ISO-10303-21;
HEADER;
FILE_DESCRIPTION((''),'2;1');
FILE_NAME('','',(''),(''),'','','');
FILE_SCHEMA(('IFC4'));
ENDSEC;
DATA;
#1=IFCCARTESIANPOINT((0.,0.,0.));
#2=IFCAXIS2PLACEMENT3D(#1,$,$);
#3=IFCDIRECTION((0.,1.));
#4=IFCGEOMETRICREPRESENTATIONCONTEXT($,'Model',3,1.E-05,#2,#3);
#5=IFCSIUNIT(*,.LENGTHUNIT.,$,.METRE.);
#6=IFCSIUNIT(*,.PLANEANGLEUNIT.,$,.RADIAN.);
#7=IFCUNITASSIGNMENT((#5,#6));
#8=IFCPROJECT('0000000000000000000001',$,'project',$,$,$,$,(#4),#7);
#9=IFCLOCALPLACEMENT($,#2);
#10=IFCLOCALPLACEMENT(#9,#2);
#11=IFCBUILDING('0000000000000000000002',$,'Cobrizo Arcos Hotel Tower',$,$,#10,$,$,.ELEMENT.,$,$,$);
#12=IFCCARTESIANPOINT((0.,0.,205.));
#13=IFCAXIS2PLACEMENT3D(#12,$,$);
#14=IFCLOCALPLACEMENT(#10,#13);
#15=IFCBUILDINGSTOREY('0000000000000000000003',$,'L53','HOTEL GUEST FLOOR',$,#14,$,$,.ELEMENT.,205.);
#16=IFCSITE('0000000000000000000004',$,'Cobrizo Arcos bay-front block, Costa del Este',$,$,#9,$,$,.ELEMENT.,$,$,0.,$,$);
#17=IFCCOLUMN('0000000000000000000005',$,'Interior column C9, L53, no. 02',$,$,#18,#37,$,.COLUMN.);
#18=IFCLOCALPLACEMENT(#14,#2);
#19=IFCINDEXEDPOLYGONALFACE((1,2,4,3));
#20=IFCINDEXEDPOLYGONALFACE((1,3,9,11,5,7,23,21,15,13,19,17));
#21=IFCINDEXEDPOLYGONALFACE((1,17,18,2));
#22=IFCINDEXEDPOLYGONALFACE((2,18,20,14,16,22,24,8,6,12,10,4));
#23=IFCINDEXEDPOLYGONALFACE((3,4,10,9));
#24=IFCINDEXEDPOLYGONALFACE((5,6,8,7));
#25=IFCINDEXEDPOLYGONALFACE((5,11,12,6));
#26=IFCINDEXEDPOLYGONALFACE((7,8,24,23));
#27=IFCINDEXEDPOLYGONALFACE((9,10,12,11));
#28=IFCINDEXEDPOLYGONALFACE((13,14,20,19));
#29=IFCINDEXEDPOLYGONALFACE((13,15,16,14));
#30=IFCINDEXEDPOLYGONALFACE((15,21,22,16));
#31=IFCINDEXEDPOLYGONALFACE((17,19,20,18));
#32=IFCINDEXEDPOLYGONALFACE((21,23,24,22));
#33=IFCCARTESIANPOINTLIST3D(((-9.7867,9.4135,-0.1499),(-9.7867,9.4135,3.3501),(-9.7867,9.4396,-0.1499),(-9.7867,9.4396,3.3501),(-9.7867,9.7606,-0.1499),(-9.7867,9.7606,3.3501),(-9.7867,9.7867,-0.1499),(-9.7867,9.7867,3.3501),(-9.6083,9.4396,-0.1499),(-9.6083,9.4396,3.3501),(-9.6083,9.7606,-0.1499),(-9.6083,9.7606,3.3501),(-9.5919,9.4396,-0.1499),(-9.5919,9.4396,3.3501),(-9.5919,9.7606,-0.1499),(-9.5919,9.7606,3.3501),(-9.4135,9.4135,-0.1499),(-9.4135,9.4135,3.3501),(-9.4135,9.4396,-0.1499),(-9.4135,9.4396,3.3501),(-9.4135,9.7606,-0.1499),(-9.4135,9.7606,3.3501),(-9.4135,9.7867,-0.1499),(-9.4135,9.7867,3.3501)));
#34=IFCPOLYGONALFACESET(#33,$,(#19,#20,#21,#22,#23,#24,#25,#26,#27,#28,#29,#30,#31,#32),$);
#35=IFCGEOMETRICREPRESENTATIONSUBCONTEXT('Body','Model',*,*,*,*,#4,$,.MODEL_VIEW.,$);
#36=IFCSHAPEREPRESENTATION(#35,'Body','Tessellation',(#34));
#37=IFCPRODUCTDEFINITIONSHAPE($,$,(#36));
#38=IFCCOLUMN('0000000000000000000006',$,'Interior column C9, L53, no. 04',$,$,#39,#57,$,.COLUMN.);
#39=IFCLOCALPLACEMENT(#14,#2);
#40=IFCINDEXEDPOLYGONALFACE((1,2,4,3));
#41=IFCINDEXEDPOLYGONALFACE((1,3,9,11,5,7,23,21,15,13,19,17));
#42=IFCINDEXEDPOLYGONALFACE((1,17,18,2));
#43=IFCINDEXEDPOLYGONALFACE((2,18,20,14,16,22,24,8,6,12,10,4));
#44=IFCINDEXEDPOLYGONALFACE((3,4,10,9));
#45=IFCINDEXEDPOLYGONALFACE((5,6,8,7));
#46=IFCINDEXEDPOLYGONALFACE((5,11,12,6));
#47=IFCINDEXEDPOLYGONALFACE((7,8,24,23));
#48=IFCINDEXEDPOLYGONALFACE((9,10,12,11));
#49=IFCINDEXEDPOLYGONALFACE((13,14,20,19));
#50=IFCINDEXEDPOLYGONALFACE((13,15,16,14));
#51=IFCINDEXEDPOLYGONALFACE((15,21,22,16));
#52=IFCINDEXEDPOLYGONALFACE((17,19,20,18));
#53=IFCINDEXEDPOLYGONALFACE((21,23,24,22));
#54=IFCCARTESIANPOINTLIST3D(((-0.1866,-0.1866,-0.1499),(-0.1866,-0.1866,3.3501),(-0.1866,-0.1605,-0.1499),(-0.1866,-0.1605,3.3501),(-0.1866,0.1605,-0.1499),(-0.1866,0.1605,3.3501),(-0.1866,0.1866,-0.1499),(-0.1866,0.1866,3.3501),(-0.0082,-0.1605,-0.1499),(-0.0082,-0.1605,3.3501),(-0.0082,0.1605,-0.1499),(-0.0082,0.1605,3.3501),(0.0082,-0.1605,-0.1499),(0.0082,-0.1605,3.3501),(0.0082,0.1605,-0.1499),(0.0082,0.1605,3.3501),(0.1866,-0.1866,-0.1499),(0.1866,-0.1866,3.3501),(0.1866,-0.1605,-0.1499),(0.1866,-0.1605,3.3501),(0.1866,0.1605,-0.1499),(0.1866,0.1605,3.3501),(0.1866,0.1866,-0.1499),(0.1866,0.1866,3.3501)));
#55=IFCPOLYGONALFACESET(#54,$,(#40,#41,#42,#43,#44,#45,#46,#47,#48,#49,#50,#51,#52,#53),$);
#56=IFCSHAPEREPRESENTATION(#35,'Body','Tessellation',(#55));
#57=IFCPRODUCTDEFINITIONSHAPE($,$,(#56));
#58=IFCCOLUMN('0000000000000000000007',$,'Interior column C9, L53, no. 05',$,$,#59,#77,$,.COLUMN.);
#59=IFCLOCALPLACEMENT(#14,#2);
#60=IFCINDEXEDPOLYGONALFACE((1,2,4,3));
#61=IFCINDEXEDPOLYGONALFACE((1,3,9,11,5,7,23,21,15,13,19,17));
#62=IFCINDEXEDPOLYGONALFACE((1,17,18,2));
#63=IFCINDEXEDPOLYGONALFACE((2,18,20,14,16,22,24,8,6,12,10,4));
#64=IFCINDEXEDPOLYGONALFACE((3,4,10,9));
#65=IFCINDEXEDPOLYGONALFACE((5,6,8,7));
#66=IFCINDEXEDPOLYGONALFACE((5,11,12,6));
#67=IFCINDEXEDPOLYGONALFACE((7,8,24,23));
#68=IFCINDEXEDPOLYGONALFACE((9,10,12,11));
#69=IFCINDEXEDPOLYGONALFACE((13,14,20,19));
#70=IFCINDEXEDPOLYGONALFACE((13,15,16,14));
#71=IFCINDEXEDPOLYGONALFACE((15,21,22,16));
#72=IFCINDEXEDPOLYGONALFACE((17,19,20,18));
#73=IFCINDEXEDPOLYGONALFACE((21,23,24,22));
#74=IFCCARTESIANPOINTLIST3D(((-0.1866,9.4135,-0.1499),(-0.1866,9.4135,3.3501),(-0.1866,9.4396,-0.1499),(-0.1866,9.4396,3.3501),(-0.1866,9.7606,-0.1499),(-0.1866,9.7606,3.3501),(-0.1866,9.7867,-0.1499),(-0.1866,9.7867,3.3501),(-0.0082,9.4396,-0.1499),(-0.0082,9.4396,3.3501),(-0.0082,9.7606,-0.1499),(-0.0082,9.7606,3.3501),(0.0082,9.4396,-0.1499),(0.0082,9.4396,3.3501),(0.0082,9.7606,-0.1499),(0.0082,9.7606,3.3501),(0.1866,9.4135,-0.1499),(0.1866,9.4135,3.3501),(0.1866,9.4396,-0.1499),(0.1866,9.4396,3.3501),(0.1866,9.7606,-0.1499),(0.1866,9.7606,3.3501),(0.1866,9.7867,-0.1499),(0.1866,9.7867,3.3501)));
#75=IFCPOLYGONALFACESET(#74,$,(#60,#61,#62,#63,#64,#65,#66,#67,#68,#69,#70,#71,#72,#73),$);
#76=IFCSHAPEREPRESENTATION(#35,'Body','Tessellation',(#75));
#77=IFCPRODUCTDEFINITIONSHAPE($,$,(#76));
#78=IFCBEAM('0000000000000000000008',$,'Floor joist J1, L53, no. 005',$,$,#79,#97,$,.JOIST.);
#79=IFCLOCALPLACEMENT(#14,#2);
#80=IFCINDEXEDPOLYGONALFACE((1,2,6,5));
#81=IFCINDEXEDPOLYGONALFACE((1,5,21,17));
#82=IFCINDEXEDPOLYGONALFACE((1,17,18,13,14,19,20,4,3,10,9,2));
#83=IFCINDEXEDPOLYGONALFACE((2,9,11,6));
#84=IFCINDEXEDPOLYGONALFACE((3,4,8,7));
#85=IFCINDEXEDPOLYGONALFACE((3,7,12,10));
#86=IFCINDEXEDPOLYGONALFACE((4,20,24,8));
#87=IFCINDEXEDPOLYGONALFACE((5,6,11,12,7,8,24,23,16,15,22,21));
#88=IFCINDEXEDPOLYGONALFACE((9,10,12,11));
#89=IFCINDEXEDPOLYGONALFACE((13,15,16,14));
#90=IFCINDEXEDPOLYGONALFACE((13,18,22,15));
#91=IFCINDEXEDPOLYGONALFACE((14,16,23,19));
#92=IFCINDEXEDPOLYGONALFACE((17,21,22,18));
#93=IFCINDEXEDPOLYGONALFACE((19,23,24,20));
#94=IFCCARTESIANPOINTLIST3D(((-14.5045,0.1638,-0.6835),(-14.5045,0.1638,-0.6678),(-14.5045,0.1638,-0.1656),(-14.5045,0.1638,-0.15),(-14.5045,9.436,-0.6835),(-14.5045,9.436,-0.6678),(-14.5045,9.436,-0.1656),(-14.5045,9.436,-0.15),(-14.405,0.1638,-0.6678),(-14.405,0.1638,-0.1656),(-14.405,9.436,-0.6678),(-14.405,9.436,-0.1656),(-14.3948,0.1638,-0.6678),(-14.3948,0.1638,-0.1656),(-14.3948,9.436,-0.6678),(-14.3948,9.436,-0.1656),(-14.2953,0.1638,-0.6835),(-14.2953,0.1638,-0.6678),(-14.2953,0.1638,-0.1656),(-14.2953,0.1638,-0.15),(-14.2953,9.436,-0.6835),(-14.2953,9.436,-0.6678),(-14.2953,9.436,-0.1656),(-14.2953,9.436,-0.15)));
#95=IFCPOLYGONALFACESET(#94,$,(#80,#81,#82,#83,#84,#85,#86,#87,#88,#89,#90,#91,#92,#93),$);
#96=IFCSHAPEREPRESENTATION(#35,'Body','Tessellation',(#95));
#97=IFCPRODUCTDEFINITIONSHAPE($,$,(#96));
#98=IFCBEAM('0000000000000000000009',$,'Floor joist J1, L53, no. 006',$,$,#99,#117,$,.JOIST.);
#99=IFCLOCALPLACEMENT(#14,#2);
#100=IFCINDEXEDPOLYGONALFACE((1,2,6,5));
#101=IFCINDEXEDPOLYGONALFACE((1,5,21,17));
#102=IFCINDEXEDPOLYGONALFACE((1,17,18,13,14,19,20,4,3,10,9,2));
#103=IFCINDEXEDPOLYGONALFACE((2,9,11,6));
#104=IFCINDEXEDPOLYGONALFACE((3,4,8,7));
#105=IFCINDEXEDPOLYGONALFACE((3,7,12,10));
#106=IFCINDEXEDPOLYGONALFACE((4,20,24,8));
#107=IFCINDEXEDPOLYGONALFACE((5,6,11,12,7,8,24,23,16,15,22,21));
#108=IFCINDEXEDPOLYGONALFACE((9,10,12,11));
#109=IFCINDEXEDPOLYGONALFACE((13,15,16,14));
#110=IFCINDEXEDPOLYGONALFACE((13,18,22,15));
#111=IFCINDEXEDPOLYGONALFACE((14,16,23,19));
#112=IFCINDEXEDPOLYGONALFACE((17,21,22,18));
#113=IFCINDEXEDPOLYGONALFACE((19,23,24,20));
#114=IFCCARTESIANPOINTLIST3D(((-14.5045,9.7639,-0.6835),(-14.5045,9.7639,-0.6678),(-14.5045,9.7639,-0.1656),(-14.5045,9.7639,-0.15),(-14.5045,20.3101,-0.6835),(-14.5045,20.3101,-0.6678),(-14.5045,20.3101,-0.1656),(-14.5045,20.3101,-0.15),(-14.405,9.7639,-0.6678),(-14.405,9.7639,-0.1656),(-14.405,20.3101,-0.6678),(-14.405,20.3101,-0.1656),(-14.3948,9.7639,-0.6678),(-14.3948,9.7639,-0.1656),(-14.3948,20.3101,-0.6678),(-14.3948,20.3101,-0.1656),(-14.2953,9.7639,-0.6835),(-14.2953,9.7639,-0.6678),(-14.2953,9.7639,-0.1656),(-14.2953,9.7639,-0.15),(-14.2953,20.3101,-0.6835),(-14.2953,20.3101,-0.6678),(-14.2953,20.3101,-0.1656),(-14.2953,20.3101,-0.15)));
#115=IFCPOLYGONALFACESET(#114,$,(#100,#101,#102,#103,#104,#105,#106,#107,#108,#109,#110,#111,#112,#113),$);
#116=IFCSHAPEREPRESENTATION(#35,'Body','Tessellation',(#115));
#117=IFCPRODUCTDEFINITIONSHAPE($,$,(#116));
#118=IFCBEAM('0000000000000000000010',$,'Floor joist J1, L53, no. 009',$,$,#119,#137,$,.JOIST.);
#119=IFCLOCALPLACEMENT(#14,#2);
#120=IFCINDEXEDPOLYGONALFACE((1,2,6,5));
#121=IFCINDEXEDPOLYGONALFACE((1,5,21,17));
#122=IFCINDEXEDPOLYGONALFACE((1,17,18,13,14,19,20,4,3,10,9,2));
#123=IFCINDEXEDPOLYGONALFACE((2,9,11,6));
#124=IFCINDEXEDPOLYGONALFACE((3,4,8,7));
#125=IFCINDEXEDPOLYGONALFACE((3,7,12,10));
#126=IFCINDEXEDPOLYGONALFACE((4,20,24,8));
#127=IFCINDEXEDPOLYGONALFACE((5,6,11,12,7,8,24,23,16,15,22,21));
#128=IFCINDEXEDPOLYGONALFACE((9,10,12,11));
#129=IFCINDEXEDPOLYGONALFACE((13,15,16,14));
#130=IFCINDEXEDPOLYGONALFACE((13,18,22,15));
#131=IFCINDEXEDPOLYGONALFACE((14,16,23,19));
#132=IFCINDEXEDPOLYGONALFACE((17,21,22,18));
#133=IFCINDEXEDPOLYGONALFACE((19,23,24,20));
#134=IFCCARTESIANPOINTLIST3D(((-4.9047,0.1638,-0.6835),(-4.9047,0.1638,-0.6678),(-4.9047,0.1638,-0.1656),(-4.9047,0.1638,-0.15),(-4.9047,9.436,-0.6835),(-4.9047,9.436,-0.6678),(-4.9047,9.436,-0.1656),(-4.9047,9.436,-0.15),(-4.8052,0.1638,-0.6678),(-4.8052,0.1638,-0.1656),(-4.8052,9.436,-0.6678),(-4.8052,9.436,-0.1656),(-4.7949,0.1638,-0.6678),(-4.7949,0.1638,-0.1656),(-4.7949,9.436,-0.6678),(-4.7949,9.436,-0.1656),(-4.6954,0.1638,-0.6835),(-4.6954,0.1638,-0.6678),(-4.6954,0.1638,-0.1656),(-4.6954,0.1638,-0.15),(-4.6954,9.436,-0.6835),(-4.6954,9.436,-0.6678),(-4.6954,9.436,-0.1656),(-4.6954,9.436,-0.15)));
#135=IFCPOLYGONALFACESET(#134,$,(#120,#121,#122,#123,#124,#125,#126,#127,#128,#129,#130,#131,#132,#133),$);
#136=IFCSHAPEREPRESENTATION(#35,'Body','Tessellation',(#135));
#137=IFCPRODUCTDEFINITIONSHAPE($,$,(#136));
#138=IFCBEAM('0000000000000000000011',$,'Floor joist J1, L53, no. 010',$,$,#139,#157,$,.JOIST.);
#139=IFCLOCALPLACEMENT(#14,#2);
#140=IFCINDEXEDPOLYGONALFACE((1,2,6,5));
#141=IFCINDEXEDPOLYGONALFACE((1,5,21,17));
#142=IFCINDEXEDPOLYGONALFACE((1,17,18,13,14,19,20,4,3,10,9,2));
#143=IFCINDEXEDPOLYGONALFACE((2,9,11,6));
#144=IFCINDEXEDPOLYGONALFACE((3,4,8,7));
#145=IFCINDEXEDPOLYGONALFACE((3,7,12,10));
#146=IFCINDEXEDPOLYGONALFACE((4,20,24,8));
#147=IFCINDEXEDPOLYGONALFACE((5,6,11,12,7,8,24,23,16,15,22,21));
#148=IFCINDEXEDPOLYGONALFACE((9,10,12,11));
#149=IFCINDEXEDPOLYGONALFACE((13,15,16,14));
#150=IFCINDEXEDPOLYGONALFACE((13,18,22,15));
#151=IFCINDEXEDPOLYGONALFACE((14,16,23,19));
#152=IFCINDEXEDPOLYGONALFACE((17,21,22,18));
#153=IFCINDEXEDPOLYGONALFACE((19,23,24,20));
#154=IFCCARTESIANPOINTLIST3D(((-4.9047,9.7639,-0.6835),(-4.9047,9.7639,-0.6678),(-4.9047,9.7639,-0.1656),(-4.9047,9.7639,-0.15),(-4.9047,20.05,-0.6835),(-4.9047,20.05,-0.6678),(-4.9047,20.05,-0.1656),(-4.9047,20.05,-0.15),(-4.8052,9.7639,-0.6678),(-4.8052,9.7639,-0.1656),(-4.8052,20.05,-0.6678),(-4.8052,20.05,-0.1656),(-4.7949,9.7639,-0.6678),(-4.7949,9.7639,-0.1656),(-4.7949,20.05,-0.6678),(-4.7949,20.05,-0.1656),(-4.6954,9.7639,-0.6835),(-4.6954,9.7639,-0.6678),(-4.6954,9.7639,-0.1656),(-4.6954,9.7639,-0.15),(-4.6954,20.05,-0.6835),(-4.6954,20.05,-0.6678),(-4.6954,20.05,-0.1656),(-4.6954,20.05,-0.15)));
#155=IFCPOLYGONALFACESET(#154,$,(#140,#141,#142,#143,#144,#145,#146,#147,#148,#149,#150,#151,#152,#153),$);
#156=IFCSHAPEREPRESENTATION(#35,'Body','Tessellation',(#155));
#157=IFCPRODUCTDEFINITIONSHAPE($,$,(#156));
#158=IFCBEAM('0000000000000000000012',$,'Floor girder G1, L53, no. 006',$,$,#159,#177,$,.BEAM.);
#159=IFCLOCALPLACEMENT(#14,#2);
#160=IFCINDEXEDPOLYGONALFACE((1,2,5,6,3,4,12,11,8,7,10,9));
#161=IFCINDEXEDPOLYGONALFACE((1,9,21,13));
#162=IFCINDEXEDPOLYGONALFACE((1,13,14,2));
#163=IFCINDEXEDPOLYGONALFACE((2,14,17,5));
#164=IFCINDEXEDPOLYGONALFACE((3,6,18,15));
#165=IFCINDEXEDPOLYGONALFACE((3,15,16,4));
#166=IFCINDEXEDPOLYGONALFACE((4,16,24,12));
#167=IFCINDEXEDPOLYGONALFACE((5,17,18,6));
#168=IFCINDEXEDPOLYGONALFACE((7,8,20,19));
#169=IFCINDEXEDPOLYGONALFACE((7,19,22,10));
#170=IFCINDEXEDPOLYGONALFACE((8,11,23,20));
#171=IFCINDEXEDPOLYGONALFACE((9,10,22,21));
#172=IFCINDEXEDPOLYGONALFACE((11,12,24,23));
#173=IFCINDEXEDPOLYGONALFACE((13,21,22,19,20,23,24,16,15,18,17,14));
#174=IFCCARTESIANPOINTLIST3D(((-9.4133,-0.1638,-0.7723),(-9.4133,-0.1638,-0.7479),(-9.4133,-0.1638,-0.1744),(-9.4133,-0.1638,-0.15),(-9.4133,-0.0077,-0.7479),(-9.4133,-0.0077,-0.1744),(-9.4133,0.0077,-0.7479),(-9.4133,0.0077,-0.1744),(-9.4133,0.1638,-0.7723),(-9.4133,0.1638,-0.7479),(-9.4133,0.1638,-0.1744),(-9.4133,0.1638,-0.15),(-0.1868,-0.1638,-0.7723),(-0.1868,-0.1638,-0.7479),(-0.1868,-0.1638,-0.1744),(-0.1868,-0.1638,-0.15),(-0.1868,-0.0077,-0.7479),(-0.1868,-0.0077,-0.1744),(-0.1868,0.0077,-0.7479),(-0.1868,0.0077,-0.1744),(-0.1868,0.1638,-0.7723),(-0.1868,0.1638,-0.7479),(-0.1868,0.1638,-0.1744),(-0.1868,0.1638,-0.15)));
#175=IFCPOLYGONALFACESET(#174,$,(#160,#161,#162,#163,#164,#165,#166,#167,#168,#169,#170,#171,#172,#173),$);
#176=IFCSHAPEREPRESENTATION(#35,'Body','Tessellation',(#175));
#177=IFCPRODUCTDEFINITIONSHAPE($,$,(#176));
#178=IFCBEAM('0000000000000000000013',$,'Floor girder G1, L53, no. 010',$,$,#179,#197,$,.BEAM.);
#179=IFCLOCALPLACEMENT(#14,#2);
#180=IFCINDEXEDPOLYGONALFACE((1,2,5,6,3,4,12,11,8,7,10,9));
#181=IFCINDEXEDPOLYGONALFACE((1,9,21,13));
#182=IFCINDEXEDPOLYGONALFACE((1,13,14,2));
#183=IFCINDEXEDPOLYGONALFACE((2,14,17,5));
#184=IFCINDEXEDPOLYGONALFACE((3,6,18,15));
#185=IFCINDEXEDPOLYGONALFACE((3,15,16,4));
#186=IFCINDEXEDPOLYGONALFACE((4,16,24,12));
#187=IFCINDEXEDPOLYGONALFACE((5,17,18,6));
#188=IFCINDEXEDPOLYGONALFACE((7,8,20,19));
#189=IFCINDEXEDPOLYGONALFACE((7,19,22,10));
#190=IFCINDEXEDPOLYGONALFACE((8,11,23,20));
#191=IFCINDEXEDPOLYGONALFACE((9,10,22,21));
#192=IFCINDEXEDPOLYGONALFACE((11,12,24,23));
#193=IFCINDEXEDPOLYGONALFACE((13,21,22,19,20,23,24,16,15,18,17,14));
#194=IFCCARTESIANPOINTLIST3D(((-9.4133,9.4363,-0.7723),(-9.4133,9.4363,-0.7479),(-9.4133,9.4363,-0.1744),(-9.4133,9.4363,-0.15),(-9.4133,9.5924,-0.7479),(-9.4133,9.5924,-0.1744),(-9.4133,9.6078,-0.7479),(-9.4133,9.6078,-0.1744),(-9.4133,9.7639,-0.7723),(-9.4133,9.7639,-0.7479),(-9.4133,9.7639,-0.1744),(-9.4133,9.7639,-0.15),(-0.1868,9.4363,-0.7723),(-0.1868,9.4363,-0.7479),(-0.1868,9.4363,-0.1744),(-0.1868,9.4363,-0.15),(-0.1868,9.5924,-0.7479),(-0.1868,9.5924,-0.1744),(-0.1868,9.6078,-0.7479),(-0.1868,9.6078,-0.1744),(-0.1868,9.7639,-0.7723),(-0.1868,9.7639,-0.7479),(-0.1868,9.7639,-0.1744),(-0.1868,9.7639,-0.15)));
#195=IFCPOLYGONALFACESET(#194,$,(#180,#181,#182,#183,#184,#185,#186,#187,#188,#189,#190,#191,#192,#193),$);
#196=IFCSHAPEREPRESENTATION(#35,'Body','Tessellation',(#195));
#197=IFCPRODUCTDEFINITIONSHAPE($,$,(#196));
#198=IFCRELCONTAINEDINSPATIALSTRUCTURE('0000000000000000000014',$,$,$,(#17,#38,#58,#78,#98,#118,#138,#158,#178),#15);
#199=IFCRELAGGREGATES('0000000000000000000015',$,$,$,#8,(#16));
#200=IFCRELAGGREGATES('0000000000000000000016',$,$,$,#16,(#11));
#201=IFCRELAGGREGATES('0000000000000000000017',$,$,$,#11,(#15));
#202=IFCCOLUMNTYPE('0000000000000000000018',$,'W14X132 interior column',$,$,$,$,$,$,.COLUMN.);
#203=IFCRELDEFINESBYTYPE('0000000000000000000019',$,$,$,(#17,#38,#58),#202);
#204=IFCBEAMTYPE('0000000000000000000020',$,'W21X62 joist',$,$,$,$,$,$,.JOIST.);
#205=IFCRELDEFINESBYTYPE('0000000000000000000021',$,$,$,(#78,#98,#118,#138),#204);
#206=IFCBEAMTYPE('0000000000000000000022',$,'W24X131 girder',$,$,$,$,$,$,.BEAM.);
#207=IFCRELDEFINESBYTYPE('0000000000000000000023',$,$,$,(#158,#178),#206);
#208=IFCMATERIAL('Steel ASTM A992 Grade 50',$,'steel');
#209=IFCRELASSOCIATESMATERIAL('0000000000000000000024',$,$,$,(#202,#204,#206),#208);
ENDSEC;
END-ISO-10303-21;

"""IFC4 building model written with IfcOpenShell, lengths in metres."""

from ifc_helpers import new_model, si_unit, direction, frame, origin, origin_2d, place, context, subcontext, project, spatial, i_section, extrude, material, material_profile, profile_set, type_object, element, save


model = new_model("IFC4")

# Units and contexts
model_context = context("Model", 3, precision=1e-05, world=origin(), true_north=direction((0.0, 1.0)))
body_context = subcontext(model_context, "Body", "Model", "MODEL_VIEW")
ifc_project = project(units=[si_unit("LENGTHUNIT", "METRE"), si_unit("PLANEANGLEUNIT", "RADIAN")], contexts=[model_context])

# Site, building, storey
site_placement = place(None, origin())
site = spatial("IfcSite", under=ifc_project, at=site_placement, Name="Cobrizo Arcos bay-front block, Costa del Este", CompositionType="ELEMENT", RefElevation=0.0)
building_placement = place(site_placement, origin())
building = spatial("IfcBuilding", under=site, at=building_placement, Name="Cobrizo Arcos Hotel Tower", CompositionType="ELEMENT")
storey_placement = place(building_placement, frame((0.0, 0.0, 205.0)))
storey = spatial("IfcBuildingStorey", under=building, at=storey_placement, Name="L53", Description="HOTEL GUEST FLOOR", CompositionType="ELEMENT", Elevation=205.0)

# Columns
ifc_material_1 = material(Name="Steel ASTM A992 Grade 50", Category="steel")
ifc_material_profile_1 = material_profile(ifc_material_1, i_section(OverallWidth=0.3733, OverallDepth=0.3733, WebThickness=0.0164, FlangeThickness=0.0261, at=origin_2d()), Name="W14X132")
ifc_profile_set_1 = profile_set([ifc_material_profile_1], Name="Steel ASTM A992 Grade 50")
column_type = type_object("IfcColumnType", Name="W14X132 interior column", PredefinedType="COLUMN", material=ifc_profile_set_1)
for number, where, z_axis, x_axis, name in (
    (1, (-9.6001, 9.6001, -0.1499), (0.0, 0.0, 1.0), (1.0, 0.0, 0.0), "Interior column C9, L53, no. 02"),
    (2, (0.0, 0.0, -0.1499), (0.0, 0.0, 1.0), (1.0, 0.0, 0.0), "Interior column C9, L53, no. 04"),
    (3, (0.0, 9.6001, -0.1499), (0.0, 0.0, 1.0), (1.0, 0.0, 0.0), "Interior column C9, L53, no. 05"),
):
    element("IfcColumn", number, at=place(storey_placement, frame(where, z_axis=z_axis, x_axis=x_axis)), inside=storey, type_object=column_type, Name=name, PredefinedType="COLUMN", context=body_context, shape_type="SweptSolid", body=[
        extrude(i_section(OverallWidth=0.3733, OverallDepth=0.3733, WebThickness=0.0164, FlangeThickness=0.0261, at=origin_2d()), origin(), (0.0, 0.0, 1.0), 3.5),
    ])

# Beams
ifc_material_profile_2 = material_profile(ifc_material_1, i_section(OverallWidth=0.2092, OverallDepth=0.5334, WebThickness=0.0103, FlangeThickness=0.0156, at=origin_2d()), Name="W21X62")
ifc_profile_set_2 = profile_set([ifc_material_profile_2], Name="Steel ASTM A992 Grade 50")
beam_type_1 = type_object("IfcBeamType", Name="W21X62 joist", PredefinedType="JOIST", material=ifc_profile_set_2)
beam_1_placement = place(storey_placement, frame((-14.3999, 0.1638, -0.4167), z_axis=(0.0, 1.0, 0.0), x_axis=(-1.0, 0.0, 0.0)))
element("IfcBeam", 4, at=beam_1_placement, inside=storey, type_object=beam_type_1, Name="Floor joist J1, L53, no. 005", PredefinedType="JOIST", context=body_context, shape_type="SweptSolid", body=[
    extrude(i_section(OverallWidth=0.2092, OverallDepth=0.5334, WebThickness=0.0103, FlangeThickness=0.0156, at=origin_2d()), origin(), (0.0, 0.0, 1.0), 9.2722),
])
beam_2_placement = place(storey_placement, frame((-14.3999, 9.7639, -0.4167), z_axis=(0.0, 1.0, 0.0), x_axis=(-1.0, 0.0, 0.0)))
element("IfcBeam", 5, at=beam_2_placement, inside=storey, type_object=beam_type_1, Name="Floor joist J1, L53, no. 006", PredefinedType="JOIST", context=body_context, shape_type="SweptSolid", body=[
    extrude(i_section(OverallWidth=0.2092, OverallDepth=0.5334, WebThickness=0.0103, FlangeThickness=0.0156, at=origin_2d()), origin(), (0.0, 0.0, 1.0), 10.5461),
])
beam_3_placement = place(storey_placement, frame((-4.8, 0.1638, -0.4167), z_axis=(0.0, 1.0, 0.0), x_axis=(-1.0, 0.0, 0.0)))
element("IfcBeam", 6, at=beam_3_placement, inside=storey, type_object=beam_type_1, Name="Floor joist J1, L53, no. 009", PredefinedType="JOIST", context=body_context, shape_type="SweptSolid", body=[
    extrude(i_section(OverallWidth=0.2092, OverallDepth=0.5334, WebThickness=0.0103, FlangeThickness=0.0156, at=origin_2d()), origin(), (0.0, 0.0, 1.0), 9.2722),
])
beam_4_placement = place(storey_placement, frame((-4.8, 9.7639, -0.4167), z_axis=(0.0, 1.0, 0.0), x_axis=(-1.0, 0.0, 0.0)))
element("IfcBeam", 7, at=beam_4_placement, inside=storey, type_object=beam_type_1, Name="Floor joist J1, L53, no. 010", PredefinedType="JOIST", context=body_context, shape_type="SweptSolid", body=[
    extrude(i_section(OverallWidth=0.2092, OverallDepth=0.5334, WebThickness=0.0103, FlangeThickness=0.0156, at=origin_2d()), origin(), (0.0, 0.0, 1.0), 10.2861),
])
ifc_material_profile_3 = material_profile(ifc_material_1, i_section(OverallWidth=0.3276, OverallDepth=0.6223, WebThickness=0.0154, FlangeThickness=0.0244, at=origin_2d()), Name="W24X131")
ifc_profile_set_3 = profile_set([ifc_material_profile_3], Name="Steel ASTM A992 Grade 50")
beam_type_2 = type_object("IfcBeamType", Name="W24X131 girder", PredefinedType="BEAM", material=ifc_profile_set_3)
for number, where, z_axis, x_axis, name in (
    (8, (-9.4133, 0.0, -0.4612), (1.0, 0.0, 0.0), (0.0, 1.0, 0.0), "Floor girder G1, L53, no. 006"),
    (9, (-9.4133, 9.6001, -0.4612), (1.0, 0.0, 0.0), (0.0, 1.0, 0.0), "Floor girder G1, L53, no. 010"),
):
    element("IfcBeam", number, at=place(storey_placement, frame(where, z_axis=z_axis, x_axis=x_axis)), inside=storey, type_object=beam_type_2, Name=name, PredefinedType="BEAM", context=body_context, shape_type="SweptSolid", body=[
        extrude(i_section(OverallWidth=0.3276, OverallDepth=0.6223, WebThickness=0.0154, FlangeThickness=0.0244, at=origin_2d()), origin(), (0.0, 0.0, 1.0), 9.2266),
    ])

save(model, "model.ifc")
